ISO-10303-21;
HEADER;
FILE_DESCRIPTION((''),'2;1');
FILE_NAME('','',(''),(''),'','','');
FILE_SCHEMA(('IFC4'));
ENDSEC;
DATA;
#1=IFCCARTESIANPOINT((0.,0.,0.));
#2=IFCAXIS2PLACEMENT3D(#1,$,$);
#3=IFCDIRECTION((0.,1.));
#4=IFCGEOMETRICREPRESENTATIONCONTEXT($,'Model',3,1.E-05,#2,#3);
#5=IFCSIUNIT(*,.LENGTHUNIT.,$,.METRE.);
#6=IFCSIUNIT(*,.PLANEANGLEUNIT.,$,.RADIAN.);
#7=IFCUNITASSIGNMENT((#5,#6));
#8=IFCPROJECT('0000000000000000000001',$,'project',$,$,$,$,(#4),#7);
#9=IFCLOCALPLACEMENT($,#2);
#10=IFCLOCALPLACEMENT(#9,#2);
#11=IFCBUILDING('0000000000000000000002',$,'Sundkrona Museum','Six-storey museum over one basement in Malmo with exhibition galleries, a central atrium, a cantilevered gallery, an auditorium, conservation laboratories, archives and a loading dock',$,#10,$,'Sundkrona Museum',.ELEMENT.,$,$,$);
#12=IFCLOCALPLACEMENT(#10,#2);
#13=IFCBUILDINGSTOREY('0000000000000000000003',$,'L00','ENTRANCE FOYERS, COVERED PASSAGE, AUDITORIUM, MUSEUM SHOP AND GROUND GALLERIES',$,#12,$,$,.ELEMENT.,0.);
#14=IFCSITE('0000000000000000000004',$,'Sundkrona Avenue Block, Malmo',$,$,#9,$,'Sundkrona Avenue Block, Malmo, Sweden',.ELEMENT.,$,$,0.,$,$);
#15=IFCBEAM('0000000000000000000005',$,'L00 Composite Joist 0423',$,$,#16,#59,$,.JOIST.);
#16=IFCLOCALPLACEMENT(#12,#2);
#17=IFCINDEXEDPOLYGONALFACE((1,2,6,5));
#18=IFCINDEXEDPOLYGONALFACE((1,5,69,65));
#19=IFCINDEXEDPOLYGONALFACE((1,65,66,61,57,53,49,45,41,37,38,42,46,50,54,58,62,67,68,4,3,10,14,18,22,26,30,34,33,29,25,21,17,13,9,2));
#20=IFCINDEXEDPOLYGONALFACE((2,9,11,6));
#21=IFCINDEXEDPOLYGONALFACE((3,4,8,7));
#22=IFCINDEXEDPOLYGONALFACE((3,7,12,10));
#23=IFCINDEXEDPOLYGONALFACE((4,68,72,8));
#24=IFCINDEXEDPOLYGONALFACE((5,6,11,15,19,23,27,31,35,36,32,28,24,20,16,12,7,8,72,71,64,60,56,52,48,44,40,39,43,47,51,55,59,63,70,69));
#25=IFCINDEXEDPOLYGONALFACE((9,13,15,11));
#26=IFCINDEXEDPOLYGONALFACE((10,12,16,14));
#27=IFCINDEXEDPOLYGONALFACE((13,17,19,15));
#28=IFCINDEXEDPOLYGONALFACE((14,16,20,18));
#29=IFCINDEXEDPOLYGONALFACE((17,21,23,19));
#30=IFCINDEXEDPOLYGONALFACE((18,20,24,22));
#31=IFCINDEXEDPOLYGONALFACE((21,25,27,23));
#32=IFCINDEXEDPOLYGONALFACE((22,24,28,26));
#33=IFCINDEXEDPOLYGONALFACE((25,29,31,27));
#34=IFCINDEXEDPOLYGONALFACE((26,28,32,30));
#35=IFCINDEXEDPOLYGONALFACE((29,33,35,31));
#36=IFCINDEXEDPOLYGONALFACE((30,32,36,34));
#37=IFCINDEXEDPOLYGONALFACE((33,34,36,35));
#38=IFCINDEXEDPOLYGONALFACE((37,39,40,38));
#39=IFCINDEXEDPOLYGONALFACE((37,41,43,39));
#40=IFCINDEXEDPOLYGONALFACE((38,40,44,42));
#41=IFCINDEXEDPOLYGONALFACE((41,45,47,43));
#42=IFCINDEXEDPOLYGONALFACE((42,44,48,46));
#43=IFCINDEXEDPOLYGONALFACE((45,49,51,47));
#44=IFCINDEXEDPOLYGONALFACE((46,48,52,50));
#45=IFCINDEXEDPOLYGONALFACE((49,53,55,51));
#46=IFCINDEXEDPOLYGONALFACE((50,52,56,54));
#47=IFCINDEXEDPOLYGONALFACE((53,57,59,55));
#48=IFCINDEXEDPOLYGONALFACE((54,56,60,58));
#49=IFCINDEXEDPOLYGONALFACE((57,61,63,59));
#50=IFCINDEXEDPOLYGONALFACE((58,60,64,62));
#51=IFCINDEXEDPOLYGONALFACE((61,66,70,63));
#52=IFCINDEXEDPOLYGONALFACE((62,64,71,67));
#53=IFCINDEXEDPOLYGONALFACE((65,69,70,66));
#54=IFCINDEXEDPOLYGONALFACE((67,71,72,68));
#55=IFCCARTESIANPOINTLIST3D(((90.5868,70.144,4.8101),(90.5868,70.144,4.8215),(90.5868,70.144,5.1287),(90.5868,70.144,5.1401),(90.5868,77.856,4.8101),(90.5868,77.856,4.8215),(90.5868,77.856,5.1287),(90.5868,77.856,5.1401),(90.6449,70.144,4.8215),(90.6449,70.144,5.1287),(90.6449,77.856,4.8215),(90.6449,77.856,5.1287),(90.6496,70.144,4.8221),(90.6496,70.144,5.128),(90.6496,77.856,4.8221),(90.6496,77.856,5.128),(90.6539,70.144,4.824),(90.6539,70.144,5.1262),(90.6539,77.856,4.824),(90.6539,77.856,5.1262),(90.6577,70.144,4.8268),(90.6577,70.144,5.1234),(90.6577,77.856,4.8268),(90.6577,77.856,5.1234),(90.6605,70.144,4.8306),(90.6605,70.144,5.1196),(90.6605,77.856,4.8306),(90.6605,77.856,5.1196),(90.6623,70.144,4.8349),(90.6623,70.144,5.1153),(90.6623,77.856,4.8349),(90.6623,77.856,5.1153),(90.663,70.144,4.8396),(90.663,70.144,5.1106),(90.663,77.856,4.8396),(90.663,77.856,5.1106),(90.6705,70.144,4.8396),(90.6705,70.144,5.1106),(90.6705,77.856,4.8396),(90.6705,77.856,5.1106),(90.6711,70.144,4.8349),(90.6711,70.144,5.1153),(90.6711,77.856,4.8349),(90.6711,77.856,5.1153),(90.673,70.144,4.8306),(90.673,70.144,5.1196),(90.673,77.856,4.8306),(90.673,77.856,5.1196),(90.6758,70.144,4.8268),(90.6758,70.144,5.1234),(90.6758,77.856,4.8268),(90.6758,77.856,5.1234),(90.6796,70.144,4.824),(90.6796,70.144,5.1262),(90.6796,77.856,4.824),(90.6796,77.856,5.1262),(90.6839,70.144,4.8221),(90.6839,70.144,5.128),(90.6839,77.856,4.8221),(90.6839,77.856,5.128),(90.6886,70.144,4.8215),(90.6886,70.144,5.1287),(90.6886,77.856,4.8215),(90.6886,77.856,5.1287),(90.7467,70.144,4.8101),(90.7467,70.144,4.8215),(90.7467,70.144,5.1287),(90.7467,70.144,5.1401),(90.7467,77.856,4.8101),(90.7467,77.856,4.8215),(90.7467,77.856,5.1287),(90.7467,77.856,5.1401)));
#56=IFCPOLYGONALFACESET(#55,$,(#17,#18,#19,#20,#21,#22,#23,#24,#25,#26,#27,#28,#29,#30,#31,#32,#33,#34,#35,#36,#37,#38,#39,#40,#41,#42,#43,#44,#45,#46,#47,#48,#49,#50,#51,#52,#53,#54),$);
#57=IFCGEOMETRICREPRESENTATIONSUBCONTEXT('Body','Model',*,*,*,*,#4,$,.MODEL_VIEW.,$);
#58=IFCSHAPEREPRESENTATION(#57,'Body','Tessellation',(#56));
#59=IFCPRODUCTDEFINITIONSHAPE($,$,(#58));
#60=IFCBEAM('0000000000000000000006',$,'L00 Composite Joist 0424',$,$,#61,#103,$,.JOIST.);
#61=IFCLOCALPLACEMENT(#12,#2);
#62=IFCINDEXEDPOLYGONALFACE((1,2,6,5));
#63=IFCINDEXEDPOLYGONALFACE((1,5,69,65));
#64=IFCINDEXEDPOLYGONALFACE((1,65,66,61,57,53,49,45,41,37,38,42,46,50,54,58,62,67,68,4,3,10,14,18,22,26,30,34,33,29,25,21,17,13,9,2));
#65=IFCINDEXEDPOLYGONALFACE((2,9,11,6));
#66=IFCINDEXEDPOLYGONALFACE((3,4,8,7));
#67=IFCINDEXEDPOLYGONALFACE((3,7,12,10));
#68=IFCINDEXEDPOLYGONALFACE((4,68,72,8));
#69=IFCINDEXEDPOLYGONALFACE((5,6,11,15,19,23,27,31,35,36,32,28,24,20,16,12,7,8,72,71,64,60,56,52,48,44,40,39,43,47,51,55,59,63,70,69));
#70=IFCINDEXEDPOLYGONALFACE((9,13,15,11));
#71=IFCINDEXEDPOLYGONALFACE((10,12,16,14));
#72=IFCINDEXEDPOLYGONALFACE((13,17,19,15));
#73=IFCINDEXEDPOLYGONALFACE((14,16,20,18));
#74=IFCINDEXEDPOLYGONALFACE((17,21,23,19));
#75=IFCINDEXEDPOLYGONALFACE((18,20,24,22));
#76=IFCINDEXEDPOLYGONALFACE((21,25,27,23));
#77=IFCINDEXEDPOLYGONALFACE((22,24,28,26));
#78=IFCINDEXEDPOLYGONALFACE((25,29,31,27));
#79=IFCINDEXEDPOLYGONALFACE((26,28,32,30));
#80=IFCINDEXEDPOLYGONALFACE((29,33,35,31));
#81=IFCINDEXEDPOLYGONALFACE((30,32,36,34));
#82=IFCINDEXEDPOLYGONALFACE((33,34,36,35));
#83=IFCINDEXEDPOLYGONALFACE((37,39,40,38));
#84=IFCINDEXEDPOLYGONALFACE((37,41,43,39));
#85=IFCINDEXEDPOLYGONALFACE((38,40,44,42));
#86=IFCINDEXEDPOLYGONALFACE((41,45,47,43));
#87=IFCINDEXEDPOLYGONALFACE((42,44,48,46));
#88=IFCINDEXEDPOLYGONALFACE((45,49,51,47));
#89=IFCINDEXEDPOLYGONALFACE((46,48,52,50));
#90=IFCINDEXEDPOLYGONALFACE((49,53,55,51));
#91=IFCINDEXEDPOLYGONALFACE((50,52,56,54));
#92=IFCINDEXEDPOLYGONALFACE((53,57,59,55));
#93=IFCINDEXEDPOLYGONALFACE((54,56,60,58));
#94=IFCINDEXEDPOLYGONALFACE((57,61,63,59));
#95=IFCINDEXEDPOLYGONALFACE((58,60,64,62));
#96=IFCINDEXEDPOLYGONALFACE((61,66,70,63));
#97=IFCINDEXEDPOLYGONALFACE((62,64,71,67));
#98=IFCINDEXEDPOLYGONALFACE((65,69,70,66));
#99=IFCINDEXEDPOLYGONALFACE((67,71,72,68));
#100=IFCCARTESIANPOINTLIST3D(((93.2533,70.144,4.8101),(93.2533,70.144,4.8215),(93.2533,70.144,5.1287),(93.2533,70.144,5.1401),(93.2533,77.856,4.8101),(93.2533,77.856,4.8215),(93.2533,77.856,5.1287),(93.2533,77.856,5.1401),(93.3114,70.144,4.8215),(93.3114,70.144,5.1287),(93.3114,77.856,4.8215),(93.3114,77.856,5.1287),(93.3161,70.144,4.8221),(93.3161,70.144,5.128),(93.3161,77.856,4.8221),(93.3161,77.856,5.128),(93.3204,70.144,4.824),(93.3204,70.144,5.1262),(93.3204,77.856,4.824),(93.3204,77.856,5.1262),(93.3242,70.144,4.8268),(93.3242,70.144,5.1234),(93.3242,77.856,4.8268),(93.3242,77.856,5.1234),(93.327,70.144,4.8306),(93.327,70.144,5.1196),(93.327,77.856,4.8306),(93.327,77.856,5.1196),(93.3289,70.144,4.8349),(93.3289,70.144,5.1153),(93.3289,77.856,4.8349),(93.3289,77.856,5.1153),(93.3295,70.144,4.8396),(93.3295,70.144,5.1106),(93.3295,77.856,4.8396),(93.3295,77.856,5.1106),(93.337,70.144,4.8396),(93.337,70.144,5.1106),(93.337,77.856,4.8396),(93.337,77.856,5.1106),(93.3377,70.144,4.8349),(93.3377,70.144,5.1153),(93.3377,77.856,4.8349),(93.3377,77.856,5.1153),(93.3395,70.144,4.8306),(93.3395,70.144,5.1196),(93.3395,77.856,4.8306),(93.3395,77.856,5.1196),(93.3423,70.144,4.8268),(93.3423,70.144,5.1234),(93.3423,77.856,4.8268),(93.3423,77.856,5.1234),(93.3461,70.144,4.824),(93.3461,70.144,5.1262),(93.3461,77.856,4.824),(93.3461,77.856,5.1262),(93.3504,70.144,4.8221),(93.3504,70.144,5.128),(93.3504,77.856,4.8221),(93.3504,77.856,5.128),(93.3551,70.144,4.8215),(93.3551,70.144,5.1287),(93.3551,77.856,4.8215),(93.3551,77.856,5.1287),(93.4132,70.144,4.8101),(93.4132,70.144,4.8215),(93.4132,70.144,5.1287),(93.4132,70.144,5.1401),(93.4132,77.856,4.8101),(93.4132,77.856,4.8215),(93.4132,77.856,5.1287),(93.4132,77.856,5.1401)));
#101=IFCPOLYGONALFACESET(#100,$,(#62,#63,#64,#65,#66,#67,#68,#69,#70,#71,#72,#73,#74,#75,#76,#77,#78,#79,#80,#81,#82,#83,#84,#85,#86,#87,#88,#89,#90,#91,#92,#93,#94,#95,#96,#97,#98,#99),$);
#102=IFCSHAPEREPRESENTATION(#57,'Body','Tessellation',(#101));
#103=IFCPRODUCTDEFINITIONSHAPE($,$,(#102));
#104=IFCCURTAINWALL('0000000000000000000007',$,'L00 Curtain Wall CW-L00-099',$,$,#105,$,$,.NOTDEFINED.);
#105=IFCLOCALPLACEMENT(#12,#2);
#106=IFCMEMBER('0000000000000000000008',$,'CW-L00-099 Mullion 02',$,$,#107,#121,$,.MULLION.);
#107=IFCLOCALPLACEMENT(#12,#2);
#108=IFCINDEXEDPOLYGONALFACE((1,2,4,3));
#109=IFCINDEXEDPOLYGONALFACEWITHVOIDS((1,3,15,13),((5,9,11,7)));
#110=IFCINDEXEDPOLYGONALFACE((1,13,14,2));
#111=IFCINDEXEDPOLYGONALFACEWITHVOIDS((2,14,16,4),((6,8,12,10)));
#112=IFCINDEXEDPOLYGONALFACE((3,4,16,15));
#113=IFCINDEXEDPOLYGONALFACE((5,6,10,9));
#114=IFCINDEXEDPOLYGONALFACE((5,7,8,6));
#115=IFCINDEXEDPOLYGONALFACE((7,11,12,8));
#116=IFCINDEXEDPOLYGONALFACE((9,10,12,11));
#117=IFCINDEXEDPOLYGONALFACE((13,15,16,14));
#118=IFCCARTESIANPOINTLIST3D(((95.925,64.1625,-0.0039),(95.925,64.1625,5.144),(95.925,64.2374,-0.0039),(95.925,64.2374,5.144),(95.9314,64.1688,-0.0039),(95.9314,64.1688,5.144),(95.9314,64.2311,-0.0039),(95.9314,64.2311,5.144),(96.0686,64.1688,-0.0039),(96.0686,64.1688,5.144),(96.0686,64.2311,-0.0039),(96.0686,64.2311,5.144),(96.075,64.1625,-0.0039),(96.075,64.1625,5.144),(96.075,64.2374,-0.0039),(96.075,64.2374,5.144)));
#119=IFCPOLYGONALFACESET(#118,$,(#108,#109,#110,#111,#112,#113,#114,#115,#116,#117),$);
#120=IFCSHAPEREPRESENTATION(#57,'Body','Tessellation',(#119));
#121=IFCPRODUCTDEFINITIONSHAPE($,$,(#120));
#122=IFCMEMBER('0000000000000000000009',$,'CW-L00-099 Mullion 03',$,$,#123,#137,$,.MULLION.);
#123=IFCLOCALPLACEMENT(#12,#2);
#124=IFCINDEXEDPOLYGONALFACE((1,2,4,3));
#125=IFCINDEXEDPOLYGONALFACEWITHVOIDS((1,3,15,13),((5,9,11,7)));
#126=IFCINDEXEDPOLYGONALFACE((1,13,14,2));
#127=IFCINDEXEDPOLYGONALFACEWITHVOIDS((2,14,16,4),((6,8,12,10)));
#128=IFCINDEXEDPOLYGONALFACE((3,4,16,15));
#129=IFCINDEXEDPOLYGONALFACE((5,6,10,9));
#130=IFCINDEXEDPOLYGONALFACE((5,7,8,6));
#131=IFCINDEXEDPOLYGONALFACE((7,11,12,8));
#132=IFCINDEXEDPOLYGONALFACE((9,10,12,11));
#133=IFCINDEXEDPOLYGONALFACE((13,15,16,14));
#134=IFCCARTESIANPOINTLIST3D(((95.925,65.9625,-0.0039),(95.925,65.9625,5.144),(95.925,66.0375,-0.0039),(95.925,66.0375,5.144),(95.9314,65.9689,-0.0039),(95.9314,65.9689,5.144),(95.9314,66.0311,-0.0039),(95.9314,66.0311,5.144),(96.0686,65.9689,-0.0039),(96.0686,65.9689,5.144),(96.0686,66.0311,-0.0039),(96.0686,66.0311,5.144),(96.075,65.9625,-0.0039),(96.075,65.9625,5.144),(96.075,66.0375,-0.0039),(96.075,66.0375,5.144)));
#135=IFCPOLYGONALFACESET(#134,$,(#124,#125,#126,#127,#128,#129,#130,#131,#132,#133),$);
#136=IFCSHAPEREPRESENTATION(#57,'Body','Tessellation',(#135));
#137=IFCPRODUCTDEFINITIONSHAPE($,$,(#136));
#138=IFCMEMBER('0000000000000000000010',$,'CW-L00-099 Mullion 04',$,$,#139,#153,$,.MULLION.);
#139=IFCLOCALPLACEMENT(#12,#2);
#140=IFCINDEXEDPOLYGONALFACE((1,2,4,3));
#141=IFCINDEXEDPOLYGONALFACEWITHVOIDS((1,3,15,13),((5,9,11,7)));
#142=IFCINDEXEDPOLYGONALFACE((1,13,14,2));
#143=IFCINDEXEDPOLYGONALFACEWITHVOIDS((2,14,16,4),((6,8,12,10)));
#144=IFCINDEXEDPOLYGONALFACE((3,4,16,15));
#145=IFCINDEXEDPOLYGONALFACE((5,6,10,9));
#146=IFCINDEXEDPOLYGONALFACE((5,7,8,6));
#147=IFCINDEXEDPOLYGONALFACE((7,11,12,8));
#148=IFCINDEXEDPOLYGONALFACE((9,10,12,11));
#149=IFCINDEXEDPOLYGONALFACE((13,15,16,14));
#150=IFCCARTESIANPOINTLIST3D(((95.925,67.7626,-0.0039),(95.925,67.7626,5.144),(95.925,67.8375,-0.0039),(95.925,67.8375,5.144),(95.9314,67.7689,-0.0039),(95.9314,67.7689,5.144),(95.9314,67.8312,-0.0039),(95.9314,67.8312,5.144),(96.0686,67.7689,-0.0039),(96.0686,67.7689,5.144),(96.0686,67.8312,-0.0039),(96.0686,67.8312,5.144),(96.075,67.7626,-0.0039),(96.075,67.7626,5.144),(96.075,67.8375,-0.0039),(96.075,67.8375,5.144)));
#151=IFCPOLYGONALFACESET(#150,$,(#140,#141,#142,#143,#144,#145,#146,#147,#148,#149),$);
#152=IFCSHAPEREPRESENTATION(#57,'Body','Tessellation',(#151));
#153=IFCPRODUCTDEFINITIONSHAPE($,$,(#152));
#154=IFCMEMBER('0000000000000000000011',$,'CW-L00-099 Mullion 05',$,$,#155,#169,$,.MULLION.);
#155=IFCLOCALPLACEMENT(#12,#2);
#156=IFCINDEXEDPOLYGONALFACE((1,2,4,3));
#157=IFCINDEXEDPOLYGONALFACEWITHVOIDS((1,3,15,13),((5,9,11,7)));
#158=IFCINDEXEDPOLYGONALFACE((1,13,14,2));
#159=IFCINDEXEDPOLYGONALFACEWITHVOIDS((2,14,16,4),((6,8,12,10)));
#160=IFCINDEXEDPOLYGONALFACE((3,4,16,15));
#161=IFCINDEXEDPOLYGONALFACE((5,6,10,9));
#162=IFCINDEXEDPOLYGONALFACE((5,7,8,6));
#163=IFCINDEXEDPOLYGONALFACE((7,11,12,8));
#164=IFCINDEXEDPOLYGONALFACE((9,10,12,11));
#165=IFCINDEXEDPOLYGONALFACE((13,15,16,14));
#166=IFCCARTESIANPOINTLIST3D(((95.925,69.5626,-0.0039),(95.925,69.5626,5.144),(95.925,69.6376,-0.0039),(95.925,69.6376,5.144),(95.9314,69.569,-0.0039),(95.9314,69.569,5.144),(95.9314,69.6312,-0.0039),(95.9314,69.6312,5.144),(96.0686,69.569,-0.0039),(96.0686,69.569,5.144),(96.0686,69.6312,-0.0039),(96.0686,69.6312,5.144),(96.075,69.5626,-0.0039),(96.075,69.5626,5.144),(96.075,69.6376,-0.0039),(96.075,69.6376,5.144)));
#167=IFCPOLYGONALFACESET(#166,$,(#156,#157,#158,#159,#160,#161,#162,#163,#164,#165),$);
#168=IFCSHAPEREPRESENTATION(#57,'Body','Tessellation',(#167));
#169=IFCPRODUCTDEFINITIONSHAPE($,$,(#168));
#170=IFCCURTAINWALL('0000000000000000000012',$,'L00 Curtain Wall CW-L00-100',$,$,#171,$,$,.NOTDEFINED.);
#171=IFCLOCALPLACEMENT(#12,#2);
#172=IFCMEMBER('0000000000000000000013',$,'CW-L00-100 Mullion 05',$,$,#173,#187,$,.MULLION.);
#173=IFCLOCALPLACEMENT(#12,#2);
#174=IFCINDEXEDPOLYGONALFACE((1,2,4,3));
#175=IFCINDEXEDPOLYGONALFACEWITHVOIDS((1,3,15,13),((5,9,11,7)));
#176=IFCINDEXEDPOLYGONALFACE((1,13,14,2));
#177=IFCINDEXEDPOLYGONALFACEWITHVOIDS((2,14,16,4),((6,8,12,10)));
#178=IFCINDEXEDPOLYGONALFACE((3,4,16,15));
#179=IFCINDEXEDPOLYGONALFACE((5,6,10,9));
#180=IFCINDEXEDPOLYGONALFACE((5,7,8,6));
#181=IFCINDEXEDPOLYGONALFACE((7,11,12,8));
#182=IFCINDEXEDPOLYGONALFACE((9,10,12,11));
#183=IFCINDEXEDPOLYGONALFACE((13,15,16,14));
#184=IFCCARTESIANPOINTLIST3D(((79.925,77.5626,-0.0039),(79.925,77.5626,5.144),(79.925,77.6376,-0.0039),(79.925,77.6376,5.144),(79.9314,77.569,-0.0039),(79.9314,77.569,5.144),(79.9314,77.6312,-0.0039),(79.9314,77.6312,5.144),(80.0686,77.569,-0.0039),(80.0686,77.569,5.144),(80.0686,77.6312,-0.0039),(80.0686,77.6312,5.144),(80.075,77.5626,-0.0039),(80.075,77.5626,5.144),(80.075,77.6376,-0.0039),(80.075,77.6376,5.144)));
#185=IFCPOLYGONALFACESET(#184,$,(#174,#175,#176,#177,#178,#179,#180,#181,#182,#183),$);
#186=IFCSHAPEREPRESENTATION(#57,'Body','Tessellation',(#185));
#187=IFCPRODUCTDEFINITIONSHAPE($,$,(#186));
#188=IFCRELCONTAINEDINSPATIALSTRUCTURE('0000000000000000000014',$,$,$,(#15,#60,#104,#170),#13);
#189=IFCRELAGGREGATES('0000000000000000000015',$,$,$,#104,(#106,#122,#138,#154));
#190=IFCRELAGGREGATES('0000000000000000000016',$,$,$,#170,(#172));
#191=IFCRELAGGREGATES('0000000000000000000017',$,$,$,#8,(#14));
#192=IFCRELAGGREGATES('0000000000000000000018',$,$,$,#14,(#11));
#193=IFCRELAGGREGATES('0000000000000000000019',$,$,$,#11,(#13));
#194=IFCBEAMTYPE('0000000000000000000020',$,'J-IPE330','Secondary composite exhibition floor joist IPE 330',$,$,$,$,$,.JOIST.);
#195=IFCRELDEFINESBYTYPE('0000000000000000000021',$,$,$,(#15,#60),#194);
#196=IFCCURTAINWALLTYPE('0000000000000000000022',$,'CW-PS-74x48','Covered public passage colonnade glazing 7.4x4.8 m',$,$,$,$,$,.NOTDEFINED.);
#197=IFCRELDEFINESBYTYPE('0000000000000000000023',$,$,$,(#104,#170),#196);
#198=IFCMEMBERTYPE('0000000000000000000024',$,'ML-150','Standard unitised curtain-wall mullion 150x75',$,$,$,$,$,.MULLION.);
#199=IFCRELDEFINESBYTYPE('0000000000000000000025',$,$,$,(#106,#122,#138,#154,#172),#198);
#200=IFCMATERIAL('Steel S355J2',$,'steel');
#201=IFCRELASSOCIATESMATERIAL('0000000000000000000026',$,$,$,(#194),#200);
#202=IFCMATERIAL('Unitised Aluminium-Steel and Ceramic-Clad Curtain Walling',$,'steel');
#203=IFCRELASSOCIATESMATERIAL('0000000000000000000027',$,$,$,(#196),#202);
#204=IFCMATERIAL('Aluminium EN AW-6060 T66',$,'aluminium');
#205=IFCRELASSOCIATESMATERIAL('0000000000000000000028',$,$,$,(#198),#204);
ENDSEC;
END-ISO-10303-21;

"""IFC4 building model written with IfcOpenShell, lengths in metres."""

from ifc_helpers import new_model, si_unit, direction, frame, origin, origin_2d, place, context, subcontext, project, spatial, hollow_rectangle, i_section, extrude, material, material_profile, profile_set, type_object, element, aggregate, save


model = new_model("IFC4")

# Units and contexts
model_context = context("Model", 3, precision=1e-05, world=origin(), true_north=direction((0.0, 1.0)))
body_context = subcontext(model_context, "Body", "Model", "MODEL_VIEW")
ifc_project = project(units=[si_unit("LENGTHUNIT", "METRE"), si_unit("PLANEANGLEUNIT", "RADIAN")], contexts=[model_context])

# Site, building, storey
site_placement = place(None, origin())
site = spatial("IfcSite", under=ifc_project, at=site_placement, Name="Sundkrona Avenue Block, Malmo", LongName="Sundkrona Avenue Block, Malmo, Sweden", CompositionType="ELEMENT", RefElevation=0.0)
building_placement = place(site_placement, origin())
building = spatial("IfcBuilding", under=site, at=building_placement, Name="Sundkrona Museum", Description="Six-storey museum over one basement in Malmo with exhibition galleries, a central atrium, a cantilevered gallery, an auditorium, conservation laboratories, archives and a loading dock", LongName="Sundkrona Museum", CompositionType="ELEMENT")
storey_placement = place(building_placement, origin())
storey = spatial("IfcBuildingStorey", under=building, at=storey_placement, Name="L00", Description="ENTRANCE FOYERS, COVERED PASSAGE, AUDITORIUM, MUSEUM SHOP AND GROUND GALLERIES", CompositionType="ELEMENT", Elevation=0.0)

# Shared definitions
ifc_material_1 = material(Name="Steel S355J2", Category="steel")

# Beams
ifc_material_profile_1 = material_profile(ifc_material_1, i_section(OverallWidth=0.1599, OverallDepth=0.3301, WebThickness=0.0076, FlangeThickness=0.0115, FilletRadius=0.0181, at=origin_2d()), Name="IPE 330")
ifc_profile_set_1 = profile_set([ifc_material_profile_1], Name="Steel S355J2")
beam_type_1 = type_object("IfcBeamType", Name="J-IPE330", Description="Secondary composite exhibition floor joist IPE 330", PredefinedType="JOIST", material=ifc_profile_set_1)
for number, where, z_axis, x_axis, name in (
    (1, (90.6667, 70.144, 4.9751), (0.0, 1.0, 0.0), (-1.0, 0.0, 0.0), "L00 Composite Joist 0423"),
    (2, (93.3333, 70.144, 4.9751), (0.0, 1.0, 0.0), (-1.0, 0.0, 0.0), "L00 Composite Joist 0424"),
):
    element("IfcBeam", number, at=place(storey_placement, frame(where, z_axis=z_axis, x_axis=x_axis)), inside=storey, type_object=beam_type_1, Name=name, PredefinedType="JOIST", context=body_context, shape_type="SweptSolid", body=[
        extrude(i_section(OverallWidth=0.1599, OverallDepth=0.3301, WebThickness=0.0076, FlangeThickness=0.0115, FilletRadius=0.0181, at=origin_2d()), origin(), (0.0, 0.0, 1.0), 7.7119),
    ])

# Curtain wall, members
ifc_material_2 = material(Name="Unitised Aluminium-Steel and Ceramic-Clad Curtain Walling", Category="steel")
curtain_wall_type = type_object("IfcCurtainWallType", Name="CW-PS-74x48", Description="Covered public passage colonnade glazing 7.4x4.8 m", PredefinedType="NOTDEFINED", material=ifc_material_2)
curtain_wall_1_placement = place(storey_placement, origin())
curtain_wall_1 = element("IfcCurtainWall", 3, at=curtain_wall_1_placement, inside=storey, type_object=curtain_wall_type, Name="L00 Curtain Wall CW-L00-099", PredefinedType="NOTDEFINED")
ifc_material_3 = material(Name="Aluminium EN AW-6060 T66", Category="aluminium")
ifc_material_profile_2 = material_profile(ifc_material_3, hollow_rectangle(XDim=0.075, YDim=0.1499, WallThickness=0.0063, at=origin_2d()), Name="RHS 150x75x6.3")
ifc_profile_set_2 = profile_set([ifc_material_profile_2], Name="Aluminium EN AW-6060 T66")
member_type_1 = type_object("IfcMemberType", Name="ML-150", Description="Standard unitised curtain-wall mullion 150x75", PredefinedType="MULLION", material=ifc_profile_set_2)
member_1_placement = place(storey_placement, frame((96.0, 64.2, -0.0039), z_axis=(0.0, 0.0, 1.0), x_axis=(0.0, 1.0, 0.0)))
member_1 = element("IfcMember", 4, at=member_1_placement, type_object=member_type_1, Name="CW-L00-099 Mullion 02", PredefinedType="MULLION", context=body_context, shape_type="SweptSolid", body=[
    extrude(hollow_rectangle(XDim=0.075, YDim=0.1499, WallThickness=0.0063, at=origin_2d()), origin(), (0.0, 0.0, 1.0), 5.1479),
])
member_2_placement = place(storey_placement, frame((96.0, 66.0, -0.0039), z_axis=(0.0, 0.0, 1.0), x_axis=(0.0, 1.0, 0.0)))
member_2 = element("IfcMember", 5, at=member_2_placement, type_object=member_type_1, Name="CW-L00-099 Mullion 03", PredefinedType="MULLION", context=body_context, shape_type="SweptSolid", body=[
    extrude(hollow_rectangle(XDim=0.075, YDim=0.1499, WallThickness=0.0063, at=origin_2d()), origin(), (0.0, 0.0, 1.0), 5.1479),
])
member_3_placement = place(storey_placement, frame((96.0, 67.8, -0.0039), z_axis=(0.0, 0.0, 1.0), x_axis=(0.0, 1.0, 0.0)))
member_3 = element("IfcMember", 6, at=member_3_placement, type_object=member_type_1, Name="CW-L00-099 Mullion 04", PredefinedType="MULLION", context=body_context, shape_type="SweptSolid", body=[
    extrude(hollow_rectangle(XDim=0.075, YDim=0.1499, WallThickness=0.0063, at=origin_2d()), origin(), (0.0, 0.0, 1.0), 5.1479),
])
member_4_placement = place(storey_placement, frame((96.0, 69.6001, -0.0039), z_axis=(0.0, 0.0, 1.0), x_axis=(0.0, 1.0, 0.0)))
member_4 = element("IfcMember", 7, at=member_4_placement, type_object=member_type_1, Name="CW-L00-099 Mullion 05", PredefinedType="MULLION", context=body_context, shape_type="SweptSolid", body=[
    extrude(hollow_rectangle(XDim=0.075, YDim=0.1499, WallThickness=0.0063, at=origin_2d()), origin(), (0.0, 0.0, 1.0), 5.1479),
])

# Curtain wall, member
curtain_wall_2_placement = place(storey_placement, origin())
curtain_wall_2 = element("IfcCurtainWall", 8, at=curtain_wall_2_placement, inside=storey, type_object=curtain_wall_type, Name="L00 Curtain Wall CW-L00-100", PredefinedType="NOTDEFINED")
member_5_placement = place(storey_placement, frame((80.0, 77.6001, -0.0039), z_axis=(0.0, 0.0, 1.0), x_axis=(0.0, 1.0, 0.0)))
member_5 = element("IfcMember", 9, at=member_5_placement, type_object=member_type_1, Name="CW-L00-100 Mullion 05", PredefinedType="MULLION", context=body_context, shape_type="SweptSolid", body=[
    extrude(hollow_rectangle(XDim=0.075, YDim=0.1499, WallThickness=0.0063, at=origin_2d()), origin(), (0.0, 0.0, 1.0), 5.1479),
])

aggregate(curtain_wall_1, [member_1, member_2, member_3, member_4])
aggregate(curtain_wall_2, [member_5])

save(model, "model.ifc")
